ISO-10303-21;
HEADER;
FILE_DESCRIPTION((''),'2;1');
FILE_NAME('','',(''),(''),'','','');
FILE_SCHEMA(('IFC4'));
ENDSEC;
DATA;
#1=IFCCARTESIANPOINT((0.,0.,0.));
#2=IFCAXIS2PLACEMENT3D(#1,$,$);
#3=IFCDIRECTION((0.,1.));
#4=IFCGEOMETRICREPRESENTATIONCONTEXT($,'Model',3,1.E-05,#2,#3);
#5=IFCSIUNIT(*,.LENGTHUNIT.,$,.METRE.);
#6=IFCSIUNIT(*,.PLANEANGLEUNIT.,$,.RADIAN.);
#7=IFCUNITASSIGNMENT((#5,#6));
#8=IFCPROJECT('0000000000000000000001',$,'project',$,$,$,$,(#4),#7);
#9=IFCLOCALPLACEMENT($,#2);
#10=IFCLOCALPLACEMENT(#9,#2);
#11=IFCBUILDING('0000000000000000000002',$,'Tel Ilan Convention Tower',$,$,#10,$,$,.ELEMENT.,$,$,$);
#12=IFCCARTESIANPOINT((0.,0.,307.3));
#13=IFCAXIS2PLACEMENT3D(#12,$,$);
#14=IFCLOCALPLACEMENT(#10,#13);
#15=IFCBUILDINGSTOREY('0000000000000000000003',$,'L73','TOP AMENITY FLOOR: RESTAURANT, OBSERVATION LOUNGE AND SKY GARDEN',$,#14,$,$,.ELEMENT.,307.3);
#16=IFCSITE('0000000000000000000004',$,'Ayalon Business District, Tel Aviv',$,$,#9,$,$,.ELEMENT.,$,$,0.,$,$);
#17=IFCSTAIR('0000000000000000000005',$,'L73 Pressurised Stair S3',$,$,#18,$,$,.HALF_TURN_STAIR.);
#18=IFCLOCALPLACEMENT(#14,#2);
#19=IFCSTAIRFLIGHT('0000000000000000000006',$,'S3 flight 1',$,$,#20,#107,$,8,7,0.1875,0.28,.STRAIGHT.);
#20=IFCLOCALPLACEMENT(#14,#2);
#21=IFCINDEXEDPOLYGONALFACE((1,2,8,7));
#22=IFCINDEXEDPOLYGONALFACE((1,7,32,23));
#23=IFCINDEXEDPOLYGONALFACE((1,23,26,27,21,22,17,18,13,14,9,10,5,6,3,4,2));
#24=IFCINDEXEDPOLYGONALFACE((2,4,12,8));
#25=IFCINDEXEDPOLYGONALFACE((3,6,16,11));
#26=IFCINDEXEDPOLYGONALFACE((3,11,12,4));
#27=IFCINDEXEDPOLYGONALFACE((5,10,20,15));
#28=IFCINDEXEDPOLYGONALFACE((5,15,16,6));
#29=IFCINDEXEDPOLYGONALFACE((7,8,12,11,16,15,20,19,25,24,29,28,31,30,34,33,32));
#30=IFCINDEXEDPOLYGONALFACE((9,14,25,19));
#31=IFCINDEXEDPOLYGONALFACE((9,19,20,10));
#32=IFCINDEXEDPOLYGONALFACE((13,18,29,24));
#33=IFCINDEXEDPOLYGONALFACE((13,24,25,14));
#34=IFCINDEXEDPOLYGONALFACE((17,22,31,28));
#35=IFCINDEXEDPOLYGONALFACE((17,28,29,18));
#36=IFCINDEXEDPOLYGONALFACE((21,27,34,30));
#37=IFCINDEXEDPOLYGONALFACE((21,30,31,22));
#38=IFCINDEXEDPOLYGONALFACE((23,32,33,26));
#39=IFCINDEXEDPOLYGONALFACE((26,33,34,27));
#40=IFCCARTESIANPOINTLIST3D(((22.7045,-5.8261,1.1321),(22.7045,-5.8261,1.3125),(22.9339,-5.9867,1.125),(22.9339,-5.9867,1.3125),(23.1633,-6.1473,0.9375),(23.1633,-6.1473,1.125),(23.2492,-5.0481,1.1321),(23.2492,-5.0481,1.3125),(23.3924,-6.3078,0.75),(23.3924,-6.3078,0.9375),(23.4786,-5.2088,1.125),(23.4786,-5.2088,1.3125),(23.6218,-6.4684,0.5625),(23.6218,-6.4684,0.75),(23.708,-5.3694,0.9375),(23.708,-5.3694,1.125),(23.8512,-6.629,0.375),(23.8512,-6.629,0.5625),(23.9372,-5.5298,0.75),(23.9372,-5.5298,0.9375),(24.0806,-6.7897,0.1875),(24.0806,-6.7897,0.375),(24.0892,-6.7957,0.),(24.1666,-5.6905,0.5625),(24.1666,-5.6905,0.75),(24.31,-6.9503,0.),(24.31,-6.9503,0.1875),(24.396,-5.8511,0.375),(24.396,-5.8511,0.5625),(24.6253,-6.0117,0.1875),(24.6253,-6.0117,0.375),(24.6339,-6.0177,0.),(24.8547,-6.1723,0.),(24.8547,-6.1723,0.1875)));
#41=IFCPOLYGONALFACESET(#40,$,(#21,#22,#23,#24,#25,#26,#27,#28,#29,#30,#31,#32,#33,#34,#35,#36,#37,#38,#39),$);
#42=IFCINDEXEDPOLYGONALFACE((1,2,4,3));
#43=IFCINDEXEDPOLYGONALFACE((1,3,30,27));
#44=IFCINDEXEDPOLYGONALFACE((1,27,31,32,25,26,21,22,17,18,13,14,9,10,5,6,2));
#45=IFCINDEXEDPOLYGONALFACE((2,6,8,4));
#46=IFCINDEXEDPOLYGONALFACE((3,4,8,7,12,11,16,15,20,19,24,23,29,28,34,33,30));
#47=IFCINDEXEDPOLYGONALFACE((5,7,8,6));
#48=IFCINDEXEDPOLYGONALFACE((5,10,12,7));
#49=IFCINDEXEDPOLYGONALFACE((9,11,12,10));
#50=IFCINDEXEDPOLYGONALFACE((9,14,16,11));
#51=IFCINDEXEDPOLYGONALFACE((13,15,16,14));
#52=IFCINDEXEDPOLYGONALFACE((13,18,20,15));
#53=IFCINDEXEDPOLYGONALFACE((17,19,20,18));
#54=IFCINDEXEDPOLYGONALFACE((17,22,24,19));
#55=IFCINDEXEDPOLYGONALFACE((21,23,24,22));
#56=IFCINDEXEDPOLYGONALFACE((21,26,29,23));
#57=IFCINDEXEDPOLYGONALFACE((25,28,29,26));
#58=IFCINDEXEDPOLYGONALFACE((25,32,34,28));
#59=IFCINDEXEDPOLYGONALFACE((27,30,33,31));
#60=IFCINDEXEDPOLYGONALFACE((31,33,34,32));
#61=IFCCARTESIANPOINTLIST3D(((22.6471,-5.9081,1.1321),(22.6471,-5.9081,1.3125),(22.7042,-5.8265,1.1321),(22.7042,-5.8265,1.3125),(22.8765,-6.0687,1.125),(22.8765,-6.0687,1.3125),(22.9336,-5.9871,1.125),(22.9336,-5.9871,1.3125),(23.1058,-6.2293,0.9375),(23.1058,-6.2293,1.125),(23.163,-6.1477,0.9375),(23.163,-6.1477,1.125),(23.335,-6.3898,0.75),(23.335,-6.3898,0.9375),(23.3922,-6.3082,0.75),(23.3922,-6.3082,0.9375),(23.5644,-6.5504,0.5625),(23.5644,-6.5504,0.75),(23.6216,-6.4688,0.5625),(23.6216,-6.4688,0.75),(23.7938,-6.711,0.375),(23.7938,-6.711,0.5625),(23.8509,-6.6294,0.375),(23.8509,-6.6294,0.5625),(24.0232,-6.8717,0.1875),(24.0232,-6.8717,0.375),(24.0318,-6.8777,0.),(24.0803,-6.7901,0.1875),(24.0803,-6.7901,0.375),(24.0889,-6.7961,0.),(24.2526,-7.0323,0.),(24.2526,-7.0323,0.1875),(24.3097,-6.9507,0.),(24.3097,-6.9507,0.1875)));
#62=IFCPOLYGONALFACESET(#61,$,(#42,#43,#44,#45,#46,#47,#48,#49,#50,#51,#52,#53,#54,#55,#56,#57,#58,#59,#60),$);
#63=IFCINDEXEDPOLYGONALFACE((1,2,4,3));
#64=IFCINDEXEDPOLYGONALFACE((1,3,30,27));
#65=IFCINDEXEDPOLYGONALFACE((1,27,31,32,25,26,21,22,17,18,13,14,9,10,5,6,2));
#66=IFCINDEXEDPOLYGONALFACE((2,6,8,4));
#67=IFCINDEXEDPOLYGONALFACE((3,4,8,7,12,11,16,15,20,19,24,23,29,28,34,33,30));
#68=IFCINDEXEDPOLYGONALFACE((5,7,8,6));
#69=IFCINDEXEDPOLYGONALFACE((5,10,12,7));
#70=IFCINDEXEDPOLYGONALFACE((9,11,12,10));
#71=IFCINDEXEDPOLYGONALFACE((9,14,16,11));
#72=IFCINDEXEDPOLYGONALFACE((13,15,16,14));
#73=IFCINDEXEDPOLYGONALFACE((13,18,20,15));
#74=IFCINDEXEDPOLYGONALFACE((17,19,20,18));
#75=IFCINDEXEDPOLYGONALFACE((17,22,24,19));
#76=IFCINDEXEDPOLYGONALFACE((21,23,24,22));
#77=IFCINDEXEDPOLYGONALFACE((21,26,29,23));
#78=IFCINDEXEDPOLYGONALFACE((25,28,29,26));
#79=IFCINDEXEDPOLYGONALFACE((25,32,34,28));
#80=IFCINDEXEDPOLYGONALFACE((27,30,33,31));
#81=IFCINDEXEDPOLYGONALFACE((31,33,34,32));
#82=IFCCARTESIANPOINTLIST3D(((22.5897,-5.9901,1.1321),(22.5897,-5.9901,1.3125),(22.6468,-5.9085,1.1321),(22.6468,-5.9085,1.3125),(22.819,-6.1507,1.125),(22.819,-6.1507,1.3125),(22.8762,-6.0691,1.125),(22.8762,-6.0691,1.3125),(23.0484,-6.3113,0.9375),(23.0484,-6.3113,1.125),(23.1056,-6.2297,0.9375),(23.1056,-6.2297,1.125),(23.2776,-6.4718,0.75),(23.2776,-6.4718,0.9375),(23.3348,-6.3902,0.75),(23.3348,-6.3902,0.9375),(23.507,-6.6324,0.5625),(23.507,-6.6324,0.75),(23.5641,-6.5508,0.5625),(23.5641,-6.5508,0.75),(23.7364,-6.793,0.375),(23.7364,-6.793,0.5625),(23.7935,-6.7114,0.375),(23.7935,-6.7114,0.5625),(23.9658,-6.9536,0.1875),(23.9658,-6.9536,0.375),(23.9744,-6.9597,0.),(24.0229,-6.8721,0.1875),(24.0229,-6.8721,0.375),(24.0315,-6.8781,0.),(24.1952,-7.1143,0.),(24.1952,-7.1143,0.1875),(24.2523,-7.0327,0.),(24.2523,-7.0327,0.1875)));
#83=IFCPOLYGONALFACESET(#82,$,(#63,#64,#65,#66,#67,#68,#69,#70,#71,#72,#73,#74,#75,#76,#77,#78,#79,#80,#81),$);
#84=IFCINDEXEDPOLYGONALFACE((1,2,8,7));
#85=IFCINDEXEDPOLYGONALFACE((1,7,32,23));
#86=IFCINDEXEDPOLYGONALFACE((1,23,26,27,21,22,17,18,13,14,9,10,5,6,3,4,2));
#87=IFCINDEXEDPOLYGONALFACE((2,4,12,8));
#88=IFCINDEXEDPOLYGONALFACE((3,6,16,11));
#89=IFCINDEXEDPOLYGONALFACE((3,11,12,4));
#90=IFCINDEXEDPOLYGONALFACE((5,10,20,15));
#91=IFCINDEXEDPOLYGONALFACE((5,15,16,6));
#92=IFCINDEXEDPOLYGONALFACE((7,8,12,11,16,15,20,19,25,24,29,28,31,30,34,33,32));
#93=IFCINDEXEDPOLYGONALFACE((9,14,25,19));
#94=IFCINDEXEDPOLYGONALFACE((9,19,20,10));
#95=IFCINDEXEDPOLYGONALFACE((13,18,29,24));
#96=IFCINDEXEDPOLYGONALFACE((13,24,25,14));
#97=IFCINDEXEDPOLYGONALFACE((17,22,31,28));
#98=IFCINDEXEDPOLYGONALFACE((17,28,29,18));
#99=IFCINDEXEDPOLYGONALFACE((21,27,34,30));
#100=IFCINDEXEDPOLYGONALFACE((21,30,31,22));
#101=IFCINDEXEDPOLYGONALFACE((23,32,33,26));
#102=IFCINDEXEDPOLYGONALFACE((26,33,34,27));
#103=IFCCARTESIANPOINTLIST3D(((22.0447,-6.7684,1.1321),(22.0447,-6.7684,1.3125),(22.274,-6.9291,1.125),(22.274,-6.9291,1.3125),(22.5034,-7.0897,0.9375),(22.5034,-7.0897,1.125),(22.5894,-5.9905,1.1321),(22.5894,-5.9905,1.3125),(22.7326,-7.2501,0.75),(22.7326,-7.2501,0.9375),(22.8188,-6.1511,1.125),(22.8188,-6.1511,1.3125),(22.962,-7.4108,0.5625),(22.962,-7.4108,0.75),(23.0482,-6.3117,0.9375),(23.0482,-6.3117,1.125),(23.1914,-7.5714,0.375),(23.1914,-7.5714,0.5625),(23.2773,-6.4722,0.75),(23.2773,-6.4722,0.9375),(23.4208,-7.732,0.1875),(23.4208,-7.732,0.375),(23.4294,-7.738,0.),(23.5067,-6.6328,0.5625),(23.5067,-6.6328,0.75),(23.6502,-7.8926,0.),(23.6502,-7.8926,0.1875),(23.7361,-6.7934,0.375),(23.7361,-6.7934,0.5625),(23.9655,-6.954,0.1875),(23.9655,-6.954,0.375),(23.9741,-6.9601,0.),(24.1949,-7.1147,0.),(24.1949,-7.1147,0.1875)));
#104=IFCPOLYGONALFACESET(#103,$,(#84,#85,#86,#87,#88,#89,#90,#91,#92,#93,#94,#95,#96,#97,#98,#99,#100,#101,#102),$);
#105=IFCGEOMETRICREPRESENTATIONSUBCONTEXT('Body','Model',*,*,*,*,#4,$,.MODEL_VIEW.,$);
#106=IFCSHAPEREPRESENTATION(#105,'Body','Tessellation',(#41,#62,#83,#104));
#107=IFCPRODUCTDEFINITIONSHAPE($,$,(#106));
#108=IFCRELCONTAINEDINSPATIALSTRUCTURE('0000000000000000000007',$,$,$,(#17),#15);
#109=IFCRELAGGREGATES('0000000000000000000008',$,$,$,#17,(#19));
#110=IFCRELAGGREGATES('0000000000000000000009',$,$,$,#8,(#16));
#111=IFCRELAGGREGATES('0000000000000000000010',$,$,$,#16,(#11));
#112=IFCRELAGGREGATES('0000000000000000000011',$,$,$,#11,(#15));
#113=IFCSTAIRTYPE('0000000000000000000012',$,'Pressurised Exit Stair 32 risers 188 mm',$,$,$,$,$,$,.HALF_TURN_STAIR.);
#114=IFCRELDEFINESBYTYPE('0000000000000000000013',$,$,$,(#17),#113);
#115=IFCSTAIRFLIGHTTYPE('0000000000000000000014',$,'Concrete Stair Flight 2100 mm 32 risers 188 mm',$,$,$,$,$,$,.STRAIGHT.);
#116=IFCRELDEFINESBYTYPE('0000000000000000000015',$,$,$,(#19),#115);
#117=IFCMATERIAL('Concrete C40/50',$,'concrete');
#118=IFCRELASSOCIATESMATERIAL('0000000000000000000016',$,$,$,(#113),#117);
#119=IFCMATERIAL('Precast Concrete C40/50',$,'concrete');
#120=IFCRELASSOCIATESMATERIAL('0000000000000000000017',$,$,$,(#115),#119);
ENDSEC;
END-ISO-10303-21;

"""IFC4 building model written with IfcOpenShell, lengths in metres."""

from ifc_helpers import new_model, si_unit, direction, frame, origin, place, context, subcontext, project, spatial, polyline, outline, extrude, material, type_object, element, aggregate, save


model = new_model("IFC4")

# Units and contexts
model_context = context("Model", 3, precision=1e-05, world=origin(), true_north=direction((0.0, 1.0)))
body_context = subcontext(model_context, "Body", "Model", "MODEL_VIEW")
ifc_project = project(units=[si_unit("LENGTHUNIT", "METRE"), si_unit("PLANEANGLEUNIT", "RADIAN")], contexts=[model_context])

# Site, building, storey
site_placement = place(None, origin())
site = spatial("IfcSite", under=ifc_project, at=site_placement, Name="Ayalon Business District, Tel Aviv", CompositionType="ELEMENT", RefElevation=0.0)
building_placement = place(site_placement, origin())
building = spatial("IfcBuilding", under=site, at=building_placement, Name="Tel Ilan Convention Tower", CompositionType="ELEMENT")
storey_placement = place(building_placement, frame((0.0, 0.0, 307.3)))
storey = spatial("IfcBuildingStorey", under=building, at=storey_placement, Name="L73", Description="TOP AMENITY FLOOR: RESTAURANT, OBSERVATION LOUNGE AND SKY GARDEN", CompositionType="ELEMENT", Elevation=307.3)

# Stair, stair flight
ifc_material_1 = material(Name="Concrete C40/50", Category="concrete")
stair_type = type_object("IfcStairType", Name="Pressurised Exit Stair 32 risers 188 mm", PredefinedType="HALF_TURN_STAIR", material=ifc_material_1)
stair_placement = place(storey_placement, origin())
stair = element("IfcStair", 1, at=stair_placement, inside=storey, type_object=stair_type, Name="L73 Pressurised Stair S3", PredefinedType="HALF_TURN_STAIR")
ifc_material_2 = material(Name="Precast Concrete C40/50", Category="concrete")
stair_flight_type = type_object("IfcStairFlightType", Name="Concrete Stair Flight 2100 mm 32 risers 188 mm", PredefinedType="STRAIGHT", material=ifc_material_2)
stair_flight_1_placement = place(storey_placement, frame((24.2524, -7.0325, 0.0), z_axis=(0.0, 0.0, 1.0), x_axis=(-0.819152, 0.573576, 0.0)))
stair_flight_1 = element("IfcStairFlight", 2, at=stair_flight_1_placement, type_object=stair_flight_type, Name="S3 flight 1", NumberOfRisers=8, NumberOfTreads=7, PredefinedType="STRAIGHT", RiserHeight=0.1875, TreadLength=0.28, context=body_context, shape_type="SweptSolid", body=[
    extrude(outline(polyline([(0.0, 0.0), (0.0, 0.1875), (0.28, 0.1875), (0.28, 0.375), (0.5601, 0.375), (0.5601, 0.5625), (0.8401, 0.5625), (0.8401, 0.75), (1.1201, 0.75), (1.1201, 0.9375), (1.3999, 0.9375), (1.3999, 1.125), (1.6799, 1.125), (1.6799, 1.3125), (1.96, 1.3125), (1.96, 1.5), (1.96, 1.1321), (0.2695, 0.0), (0.0, 0.0)])), frame((0.0, -0.1003, 0.0), z_axis=(0.0, -1.0, 0.0), x_axis=(1.0, 0.0, 0.0)), (0.0, 0.0, 1.0), 0.9497),
    extrude(outline(polyline([(0.0, 0.0), (0.0, 0.1875), (0.28, 0.1875), (0.28, 0.375), (0.5601, 0.375), (0.5601, 0.5625), (0.8401, 0.5625), (0.8401, 0.75), (1.1201, 0.75), (1.1201, 0.9375), (1.3999, 0.9375), (1.3999, 1.125), (1.6799, 1.125), (1.6799, 1.3125), (1.96, 1.3125), (1.96, 1.5), (1.96, 1.1321), (0.2695, 0.0), (0.0, 0.0)])), frame((0.0, -0.0002, 0.0), z_axis=(0.0, -1.0, 0.0), x_axis=(1.0, 0.0, 0.0)), (0.0, 0.0, 1.0), 0.0996),
    extrude(outline(polyline([(0.0, 0.0), (0.0, 0.1875), (0.28, 0.1875), (0.28, 0.375), (0.5601, 0.375), (0.5601, 0.5625), (0.8401, 0.5625), (0.8401, 0.75), (1.1201, 0.75), (1.1201, 0.9375), (1.3999, 0.9375), (1.3999, 1.125), (1.6799, 1.125), (1.6799, 1.3125), (1.96, 1.3125), (1.96, 1.5), (1.96, 1.1321), (0.2695, 0.0), (0.0, 0.0)])), frame((0.0, 0.0999, 0.0), z_axis=(0.0, -1.0, 0.0), x_axis=(1.0, 0.0, 0.0)), (0.0, 0.0, 1.0), 0.0996),
    extrude(outline(polyline([(0.0, 0.0), (0.0, 0.1875), (0.28, 0.1875), (0.28, 0.375), (0.5601, 0.375), (0.5601, 0.5625), (0.8401, 0.5625), (0.8401, 0.75), (1.1201, 0.75), (1.1201, 0.9375), (1.3999, 0.9375), (1.3999, 1.125), (1.6799, 1.125), (1.6799, 1.3125), (1.96, 1.3125), (1.96, 1.5), (1.96, 1.1321), (0.2695, 0.0), (0.0, 0.0)])), frame((0.0, 1.05, 0.0), z_axis=(0.0, -1.0, 0.0), x_axis=(1.0, 0.0, 0.0)), (0.0, 0.0, 1.0), 0.9497),
])
aggregate(stair, [stair_flight_1])

save(model, "model.ifc")
